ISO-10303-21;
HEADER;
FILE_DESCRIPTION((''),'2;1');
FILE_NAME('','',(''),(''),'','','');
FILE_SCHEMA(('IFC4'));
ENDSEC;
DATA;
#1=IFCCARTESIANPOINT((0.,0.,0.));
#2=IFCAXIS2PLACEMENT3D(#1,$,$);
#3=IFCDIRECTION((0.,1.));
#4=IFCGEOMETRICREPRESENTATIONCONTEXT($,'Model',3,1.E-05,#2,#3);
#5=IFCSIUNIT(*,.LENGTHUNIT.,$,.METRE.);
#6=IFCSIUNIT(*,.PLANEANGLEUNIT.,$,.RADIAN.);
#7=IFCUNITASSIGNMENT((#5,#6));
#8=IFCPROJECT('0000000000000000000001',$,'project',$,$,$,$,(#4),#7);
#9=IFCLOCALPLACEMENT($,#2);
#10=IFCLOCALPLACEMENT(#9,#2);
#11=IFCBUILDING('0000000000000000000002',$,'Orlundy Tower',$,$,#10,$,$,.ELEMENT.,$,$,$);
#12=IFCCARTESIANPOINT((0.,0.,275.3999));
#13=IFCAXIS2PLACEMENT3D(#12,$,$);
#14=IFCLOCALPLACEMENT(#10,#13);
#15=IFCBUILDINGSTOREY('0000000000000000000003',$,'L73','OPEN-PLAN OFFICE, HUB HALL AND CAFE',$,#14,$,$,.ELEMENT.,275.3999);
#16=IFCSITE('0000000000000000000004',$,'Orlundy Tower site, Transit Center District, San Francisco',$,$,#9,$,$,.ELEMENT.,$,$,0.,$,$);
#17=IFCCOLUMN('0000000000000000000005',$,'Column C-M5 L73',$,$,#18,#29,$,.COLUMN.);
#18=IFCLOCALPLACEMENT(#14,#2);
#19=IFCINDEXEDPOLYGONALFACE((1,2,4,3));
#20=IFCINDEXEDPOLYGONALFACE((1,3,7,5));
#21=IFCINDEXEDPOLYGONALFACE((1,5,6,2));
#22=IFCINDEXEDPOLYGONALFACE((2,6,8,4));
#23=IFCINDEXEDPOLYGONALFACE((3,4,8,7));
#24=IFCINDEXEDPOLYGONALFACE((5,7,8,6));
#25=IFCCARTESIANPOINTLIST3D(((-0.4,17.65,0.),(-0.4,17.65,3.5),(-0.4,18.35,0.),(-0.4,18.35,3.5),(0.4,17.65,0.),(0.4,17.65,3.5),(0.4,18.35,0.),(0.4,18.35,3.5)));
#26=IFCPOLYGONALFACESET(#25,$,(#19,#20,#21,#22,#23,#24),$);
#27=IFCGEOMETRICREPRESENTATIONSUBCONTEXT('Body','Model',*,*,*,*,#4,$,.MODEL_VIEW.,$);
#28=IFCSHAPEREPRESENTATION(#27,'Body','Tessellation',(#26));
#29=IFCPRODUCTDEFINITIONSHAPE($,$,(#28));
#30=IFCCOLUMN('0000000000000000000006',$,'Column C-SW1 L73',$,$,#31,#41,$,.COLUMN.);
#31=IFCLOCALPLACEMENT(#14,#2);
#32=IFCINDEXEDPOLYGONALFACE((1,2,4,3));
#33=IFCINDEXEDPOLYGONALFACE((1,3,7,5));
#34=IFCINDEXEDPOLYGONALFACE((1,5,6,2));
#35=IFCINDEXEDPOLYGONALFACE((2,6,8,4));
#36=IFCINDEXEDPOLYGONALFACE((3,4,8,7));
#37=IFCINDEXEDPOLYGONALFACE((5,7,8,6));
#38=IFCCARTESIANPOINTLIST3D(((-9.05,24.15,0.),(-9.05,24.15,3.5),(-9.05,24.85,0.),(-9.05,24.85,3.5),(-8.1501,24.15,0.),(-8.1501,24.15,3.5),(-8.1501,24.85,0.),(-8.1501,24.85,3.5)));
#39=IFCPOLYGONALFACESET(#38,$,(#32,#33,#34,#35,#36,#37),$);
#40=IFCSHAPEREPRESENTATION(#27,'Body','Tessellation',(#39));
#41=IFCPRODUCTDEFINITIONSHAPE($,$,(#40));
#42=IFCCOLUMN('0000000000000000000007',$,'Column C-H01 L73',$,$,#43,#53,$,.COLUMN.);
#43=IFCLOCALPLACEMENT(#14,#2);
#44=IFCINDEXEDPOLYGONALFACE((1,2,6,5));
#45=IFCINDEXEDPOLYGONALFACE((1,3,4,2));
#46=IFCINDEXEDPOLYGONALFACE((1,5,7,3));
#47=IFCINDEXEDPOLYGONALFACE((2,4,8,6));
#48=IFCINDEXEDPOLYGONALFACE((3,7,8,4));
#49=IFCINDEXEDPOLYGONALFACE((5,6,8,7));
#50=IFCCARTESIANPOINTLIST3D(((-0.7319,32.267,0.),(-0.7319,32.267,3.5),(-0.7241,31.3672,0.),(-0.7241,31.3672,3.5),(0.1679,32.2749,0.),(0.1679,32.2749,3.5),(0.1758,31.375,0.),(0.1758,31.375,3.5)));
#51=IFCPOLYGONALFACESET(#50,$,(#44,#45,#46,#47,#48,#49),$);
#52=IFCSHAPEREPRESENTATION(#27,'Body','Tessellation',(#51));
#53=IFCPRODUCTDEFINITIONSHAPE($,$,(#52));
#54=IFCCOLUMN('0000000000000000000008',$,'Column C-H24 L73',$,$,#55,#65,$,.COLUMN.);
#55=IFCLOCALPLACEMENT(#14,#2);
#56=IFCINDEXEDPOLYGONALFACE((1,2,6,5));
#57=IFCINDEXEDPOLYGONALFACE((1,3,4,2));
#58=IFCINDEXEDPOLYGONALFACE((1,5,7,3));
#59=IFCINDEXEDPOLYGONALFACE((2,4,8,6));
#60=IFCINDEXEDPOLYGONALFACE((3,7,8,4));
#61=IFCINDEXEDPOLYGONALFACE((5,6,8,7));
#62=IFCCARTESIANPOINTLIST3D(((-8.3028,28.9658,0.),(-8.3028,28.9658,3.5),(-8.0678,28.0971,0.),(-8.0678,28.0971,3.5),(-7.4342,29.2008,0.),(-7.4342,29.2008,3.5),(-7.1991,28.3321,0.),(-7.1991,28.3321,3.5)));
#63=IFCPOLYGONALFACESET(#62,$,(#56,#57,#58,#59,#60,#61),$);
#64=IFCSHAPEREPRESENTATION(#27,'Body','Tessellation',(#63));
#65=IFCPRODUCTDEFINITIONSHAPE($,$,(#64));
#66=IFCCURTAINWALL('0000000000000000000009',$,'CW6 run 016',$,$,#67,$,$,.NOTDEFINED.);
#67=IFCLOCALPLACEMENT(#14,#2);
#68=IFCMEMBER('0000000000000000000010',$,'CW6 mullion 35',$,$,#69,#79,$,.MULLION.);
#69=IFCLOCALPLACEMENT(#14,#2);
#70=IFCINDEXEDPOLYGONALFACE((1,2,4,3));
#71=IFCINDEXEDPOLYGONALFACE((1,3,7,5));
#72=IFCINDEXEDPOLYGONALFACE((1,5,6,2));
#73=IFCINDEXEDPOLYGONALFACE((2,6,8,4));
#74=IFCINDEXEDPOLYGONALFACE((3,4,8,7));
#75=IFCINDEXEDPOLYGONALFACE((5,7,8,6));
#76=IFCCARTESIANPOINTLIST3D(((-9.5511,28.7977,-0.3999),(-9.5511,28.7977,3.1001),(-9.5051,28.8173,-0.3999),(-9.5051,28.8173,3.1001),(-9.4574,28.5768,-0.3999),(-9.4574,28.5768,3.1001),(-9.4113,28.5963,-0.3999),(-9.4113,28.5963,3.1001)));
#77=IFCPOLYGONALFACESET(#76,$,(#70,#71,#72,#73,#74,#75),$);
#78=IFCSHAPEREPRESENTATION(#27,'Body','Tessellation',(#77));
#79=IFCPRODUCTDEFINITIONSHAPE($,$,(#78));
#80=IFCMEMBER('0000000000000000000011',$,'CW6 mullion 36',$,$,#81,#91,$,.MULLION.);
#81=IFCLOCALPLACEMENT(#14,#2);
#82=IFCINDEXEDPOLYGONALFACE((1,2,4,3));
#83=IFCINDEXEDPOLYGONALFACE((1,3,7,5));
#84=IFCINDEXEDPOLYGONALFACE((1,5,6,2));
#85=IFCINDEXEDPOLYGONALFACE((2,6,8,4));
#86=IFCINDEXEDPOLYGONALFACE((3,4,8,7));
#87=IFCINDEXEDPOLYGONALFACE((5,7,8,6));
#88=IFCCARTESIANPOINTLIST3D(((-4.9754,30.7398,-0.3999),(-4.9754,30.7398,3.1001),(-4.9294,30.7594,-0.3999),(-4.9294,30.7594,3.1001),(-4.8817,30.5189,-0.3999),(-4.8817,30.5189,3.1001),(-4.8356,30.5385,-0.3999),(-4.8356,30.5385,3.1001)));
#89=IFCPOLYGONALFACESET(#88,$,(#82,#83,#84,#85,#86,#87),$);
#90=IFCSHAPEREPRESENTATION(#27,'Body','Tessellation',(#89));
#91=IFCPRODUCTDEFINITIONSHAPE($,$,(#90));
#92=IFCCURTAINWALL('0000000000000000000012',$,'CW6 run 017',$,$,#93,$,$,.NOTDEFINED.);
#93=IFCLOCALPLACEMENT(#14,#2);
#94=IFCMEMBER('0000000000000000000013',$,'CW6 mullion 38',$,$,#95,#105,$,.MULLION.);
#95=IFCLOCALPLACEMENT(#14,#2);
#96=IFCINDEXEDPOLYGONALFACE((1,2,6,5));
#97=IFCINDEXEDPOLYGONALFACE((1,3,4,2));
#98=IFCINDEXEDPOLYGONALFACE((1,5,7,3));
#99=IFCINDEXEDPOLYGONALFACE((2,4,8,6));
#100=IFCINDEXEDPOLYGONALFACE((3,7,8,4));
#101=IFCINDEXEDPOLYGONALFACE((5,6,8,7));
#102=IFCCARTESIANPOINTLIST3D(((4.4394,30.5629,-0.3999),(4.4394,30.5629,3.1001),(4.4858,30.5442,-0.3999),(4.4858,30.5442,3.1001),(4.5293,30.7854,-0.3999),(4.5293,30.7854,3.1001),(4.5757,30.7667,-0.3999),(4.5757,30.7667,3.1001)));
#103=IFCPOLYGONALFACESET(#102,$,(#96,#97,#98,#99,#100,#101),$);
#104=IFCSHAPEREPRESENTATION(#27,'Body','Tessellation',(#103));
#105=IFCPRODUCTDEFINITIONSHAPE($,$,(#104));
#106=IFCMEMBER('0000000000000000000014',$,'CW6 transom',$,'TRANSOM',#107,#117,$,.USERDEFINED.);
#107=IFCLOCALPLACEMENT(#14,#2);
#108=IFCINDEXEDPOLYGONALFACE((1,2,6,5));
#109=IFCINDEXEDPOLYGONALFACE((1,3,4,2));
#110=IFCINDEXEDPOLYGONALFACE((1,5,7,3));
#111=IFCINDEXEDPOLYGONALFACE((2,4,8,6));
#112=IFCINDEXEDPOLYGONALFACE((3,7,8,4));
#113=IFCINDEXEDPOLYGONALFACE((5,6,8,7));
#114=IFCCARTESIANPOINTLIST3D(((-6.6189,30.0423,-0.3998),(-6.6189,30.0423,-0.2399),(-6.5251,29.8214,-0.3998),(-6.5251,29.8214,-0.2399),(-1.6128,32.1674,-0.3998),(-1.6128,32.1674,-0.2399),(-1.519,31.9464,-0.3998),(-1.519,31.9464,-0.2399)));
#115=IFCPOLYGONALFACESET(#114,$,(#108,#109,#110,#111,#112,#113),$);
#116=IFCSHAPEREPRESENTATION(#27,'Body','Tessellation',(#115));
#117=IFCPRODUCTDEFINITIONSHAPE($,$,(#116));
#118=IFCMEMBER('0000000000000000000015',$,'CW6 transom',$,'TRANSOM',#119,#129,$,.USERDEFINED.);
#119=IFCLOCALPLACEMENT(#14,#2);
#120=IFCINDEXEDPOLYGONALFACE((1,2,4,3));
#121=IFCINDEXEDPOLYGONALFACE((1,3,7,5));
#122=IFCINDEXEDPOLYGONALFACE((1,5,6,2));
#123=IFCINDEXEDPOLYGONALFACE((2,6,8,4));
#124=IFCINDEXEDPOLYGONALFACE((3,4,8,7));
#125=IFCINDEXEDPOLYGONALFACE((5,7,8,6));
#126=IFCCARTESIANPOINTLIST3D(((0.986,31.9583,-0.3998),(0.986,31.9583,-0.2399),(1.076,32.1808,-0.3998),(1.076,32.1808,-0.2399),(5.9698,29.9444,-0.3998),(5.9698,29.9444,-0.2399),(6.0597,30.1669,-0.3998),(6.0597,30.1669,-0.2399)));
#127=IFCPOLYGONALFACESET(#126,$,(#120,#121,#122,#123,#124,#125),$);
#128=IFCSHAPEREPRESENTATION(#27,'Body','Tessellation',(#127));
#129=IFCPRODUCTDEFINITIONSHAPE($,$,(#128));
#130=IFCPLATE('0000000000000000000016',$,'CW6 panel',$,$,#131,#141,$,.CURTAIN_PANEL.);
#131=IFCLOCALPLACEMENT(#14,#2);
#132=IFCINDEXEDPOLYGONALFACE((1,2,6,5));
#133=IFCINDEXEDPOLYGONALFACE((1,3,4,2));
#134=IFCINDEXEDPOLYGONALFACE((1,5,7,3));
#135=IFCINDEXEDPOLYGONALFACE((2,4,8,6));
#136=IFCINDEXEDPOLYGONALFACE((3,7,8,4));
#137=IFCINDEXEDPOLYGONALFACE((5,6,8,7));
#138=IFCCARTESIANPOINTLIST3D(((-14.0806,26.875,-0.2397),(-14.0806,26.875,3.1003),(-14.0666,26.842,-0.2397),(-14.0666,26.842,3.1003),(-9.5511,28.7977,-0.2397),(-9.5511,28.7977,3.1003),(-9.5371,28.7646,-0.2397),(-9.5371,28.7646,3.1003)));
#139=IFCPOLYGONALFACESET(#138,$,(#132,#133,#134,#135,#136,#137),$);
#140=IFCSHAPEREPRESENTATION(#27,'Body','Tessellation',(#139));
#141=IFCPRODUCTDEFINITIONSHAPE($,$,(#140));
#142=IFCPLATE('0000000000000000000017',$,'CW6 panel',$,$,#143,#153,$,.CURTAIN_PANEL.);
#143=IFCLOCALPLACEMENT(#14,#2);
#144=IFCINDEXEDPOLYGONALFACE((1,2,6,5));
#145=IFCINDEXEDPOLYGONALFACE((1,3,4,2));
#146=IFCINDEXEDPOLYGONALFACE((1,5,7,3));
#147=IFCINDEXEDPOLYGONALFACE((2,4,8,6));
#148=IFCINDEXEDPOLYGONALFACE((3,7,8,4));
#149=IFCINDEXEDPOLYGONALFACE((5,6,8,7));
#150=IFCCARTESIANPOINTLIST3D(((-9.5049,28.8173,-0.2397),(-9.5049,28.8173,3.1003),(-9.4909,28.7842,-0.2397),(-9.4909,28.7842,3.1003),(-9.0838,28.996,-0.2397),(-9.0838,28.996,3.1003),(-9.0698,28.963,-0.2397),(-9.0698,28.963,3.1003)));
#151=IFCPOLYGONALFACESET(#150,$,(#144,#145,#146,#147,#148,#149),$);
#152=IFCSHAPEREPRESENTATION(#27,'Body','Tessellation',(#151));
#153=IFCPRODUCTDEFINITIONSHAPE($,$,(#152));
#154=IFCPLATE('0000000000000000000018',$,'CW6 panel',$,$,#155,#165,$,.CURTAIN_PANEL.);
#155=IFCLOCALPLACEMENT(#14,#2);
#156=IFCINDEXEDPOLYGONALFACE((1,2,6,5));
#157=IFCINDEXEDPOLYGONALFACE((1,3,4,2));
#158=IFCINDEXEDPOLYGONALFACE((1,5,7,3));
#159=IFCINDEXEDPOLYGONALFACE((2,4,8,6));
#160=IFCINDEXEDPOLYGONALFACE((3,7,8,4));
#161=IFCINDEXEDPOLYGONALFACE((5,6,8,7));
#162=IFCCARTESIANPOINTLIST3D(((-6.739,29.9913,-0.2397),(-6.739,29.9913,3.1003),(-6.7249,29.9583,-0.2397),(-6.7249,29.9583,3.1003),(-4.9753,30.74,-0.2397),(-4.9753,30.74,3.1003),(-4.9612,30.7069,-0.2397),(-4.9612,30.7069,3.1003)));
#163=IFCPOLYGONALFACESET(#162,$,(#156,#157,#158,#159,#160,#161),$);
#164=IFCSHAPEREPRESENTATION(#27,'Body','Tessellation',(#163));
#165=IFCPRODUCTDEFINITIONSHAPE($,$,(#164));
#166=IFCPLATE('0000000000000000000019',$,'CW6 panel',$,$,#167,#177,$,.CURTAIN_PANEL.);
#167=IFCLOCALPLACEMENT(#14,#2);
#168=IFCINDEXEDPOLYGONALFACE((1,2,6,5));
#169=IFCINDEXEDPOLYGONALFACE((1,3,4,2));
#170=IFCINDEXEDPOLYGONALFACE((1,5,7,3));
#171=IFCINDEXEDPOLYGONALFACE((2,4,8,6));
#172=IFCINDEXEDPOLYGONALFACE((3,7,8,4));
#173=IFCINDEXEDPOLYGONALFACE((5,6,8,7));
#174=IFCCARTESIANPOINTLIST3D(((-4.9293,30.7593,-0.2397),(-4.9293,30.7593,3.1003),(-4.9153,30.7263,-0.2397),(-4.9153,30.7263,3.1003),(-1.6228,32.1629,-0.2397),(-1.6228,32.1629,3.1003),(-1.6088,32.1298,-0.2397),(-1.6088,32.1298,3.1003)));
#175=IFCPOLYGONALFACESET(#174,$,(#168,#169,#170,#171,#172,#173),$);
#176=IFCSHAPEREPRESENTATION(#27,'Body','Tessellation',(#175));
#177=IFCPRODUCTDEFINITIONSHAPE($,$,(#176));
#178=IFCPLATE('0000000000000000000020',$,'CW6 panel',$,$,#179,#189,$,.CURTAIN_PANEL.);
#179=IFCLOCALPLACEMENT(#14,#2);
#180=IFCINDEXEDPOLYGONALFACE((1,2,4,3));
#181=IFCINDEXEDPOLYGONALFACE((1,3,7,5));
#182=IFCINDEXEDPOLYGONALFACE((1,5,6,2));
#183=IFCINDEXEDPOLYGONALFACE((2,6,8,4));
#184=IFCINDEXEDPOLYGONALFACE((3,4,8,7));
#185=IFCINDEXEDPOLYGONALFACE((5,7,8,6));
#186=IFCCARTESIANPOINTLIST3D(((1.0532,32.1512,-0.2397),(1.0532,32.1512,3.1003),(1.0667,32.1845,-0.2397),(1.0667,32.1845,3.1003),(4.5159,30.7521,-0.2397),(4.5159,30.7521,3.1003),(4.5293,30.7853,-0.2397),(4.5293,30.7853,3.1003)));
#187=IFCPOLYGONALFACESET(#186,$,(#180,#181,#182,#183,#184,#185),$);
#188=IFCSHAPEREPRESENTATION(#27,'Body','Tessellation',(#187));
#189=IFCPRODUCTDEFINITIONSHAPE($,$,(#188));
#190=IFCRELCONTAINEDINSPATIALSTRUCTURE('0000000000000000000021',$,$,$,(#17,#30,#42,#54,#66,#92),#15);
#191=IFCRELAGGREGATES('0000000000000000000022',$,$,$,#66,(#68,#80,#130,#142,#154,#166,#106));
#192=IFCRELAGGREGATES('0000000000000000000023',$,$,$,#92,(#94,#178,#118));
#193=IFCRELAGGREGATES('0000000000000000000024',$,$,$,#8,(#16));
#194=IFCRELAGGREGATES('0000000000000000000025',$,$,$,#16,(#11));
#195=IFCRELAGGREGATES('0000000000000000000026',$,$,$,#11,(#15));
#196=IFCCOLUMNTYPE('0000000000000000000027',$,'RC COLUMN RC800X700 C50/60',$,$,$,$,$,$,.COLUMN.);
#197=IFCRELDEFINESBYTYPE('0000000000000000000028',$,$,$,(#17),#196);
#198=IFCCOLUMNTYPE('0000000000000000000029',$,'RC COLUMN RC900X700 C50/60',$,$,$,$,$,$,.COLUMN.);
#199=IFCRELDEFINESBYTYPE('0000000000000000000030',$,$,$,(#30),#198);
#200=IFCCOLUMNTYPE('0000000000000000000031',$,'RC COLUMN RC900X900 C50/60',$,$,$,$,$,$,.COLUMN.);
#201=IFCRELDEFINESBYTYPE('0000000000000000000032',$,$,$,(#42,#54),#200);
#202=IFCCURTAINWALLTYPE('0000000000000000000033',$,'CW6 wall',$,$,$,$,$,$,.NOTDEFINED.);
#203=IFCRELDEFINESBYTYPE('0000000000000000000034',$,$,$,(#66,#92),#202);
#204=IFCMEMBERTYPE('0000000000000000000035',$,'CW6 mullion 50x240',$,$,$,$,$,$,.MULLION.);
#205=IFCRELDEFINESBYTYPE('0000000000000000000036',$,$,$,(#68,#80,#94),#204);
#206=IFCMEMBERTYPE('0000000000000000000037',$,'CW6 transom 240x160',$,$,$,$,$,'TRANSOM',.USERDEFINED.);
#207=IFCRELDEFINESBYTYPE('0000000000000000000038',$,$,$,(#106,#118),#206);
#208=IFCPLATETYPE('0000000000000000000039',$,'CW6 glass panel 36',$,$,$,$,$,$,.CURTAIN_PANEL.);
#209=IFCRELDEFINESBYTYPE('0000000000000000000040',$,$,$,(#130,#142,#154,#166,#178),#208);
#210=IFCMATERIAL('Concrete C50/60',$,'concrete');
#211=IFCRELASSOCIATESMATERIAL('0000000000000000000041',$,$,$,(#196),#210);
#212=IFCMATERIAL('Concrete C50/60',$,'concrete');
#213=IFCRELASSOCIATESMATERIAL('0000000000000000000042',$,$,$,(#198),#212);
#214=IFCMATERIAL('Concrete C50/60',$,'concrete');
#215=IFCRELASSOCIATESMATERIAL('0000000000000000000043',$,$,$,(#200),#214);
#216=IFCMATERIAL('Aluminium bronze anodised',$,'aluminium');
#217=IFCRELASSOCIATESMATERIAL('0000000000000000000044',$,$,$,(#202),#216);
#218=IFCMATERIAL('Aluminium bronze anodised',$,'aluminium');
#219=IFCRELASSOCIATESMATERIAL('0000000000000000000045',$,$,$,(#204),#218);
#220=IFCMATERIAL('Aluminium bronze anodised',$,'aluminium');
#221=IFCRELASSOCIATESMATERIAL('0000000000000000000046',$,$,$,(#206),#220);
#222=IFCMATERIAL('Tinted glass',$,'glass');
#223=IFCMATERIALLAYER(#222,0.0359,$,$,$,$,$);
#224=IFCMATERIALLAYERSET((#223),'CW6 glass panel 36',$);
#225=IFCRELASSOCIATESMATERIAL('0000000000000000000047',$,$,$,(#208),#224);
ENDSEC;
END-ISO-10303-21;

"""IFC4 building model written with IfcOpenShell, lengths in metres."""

from ifc_helpers import new_model, si_unit, direction, frame, origin, origin_2d, place, context, subcontext, project, spatial, rectangle, extrude, material, layer, layer_set, material_profile, profile_set, type_object, element, aggregate, save


model = new_model("IFC4")

# Units and contexts
model_context = context("Model", 3, precision=1e-05, world=origin(), true_north=direction((0.0, 1.0)))
body_context = subcontext(model_context, "Body", "Model", "MODEL_VIEW")
ifc_project = project(units=[si_unit("LENGTHUNIT", "METRE"), si_unit("PLANEANGLEUNIT", "RADIAN")], contexts=[model_context])

# Site, building, storey
site_placement = place(None, origin())
site = spatial("IfcSite", under=ifc_project, at=site_placement, Name="Orlundy Tower site, Transit Center District, San Francisco", CompositionType="ELEMENT", RefElevation=0.0)
building_placement = place(site_placement, origin())
building = spatial("IfcBuilding", under=site, at=building_placement, Name="Orlundy Tower", CompositionType="ELEMENT")
storey_placement = place(building_placement, frame((0.0, 0.0, 275.3999)))
storey = spatial("IfcBuildingStorey", under=building, at=storey_placement, Name="L73", Description="OPEN-PLAN OFFICE, HUB HALL AND CAFE", CompositionType="ELEMENT", Elevation=275.3999)

# Columns
ifc_material_1 = material(Name="Concrete C50/60", Category="concrete")
ifc_material_profile_1 = material_profile(ifc_material_1, rectangle(XDim=0.8, YDim=0.7, at=origin_2d()), Name="RC800X700")
ifc_profile_set_1 = profile_set([ifc_material_profile_1], Name="Concrete C50/60")
column_type_1 = type_object("IfcColumnType", Name="RC COLUMN RC800X700 C50/60", PredefinedType="COLUMN", material=ifc_profile_set_1)
column_1_placement = place(storey_placement, frame((0.0, 18.0, 0.0), z_axis=(0.0, 0.0, 1.0), x_axis=(1.0, 0.0, 0.0)))
element("IfcColumn", 1, at=column_1_placement, inside=storey, type_object=column_type_1, Name="Column C-M5 L73", PredefinedType="COLUMN", context=body_context, shape_type="SweptSolid", body=[
    extrude(rectangle(XDim=0.8, YDim=0.7, at=origin_2d()), origin(), (0.0, 0.0, 1.0), 3.5),
])
ifc_material_2 = material(Name="Concrete C50/60", Category="concrete")
ifc_material_profile_2 = material_profile(ifc_material_2, rectangle(XDim=0.8999, YDim=0.7, at=origin_2d()), Name="RC900X700")
ifc_profile_set_2 = profile_set([ifc_material_profile_2], Name="Concrete C50/60")
column_type_2 = type_object("IfcColumnType", Name="RC COLUMN RC900X700 C50/60", PredefinedType="COLUMN", material=ifc_profile_set_2)
column_2_placement = place(storey_placement, frame((-8.6001, 24.5, 0.0), z_axis=(0.0, 0.0, 1.0), x_axis=(1.0, 0.0, 0.0)))
element("IfcColumn", 2, at=column_2_placement, inside=storey, type_object=column_type_2, Name="Column C-SW1 L73", PredefinedType="COLUMN", context=body_context, shape_type="SweptSolid", body=[
    extrude(rectangle(XDim=0.8999, YDim=0.7, at=origin_2d()), origin(), (0.0, 0.0, 1.0), 3.5),
])
ifc_material_3 = material(Name="Concrete C50/60", Category="concrete")
ifc_material_profile_3 = material_profile(ifc_material_3, rectangle(XDim=0.8999, YDim=0.8999, at=origin_2d()), Name="RC900X900")
ifc_profile_set_3 = profile_set([ifc_material_profile_3], Name="Concrete C50/60")
column_type_3 = type_object("IfcColumnType", Name="RC COLUMN RC900X900 C50/60", PredefinedType="COLUMN", material=ifc_profile_set_3)
for number, where, z_axis, x_axis, name in (
    (3, (-0.2781, 31.821, 0.0), (0.0, 0.0, 1.0), (-0.008744, 0.999962, 0.0), "Column C-H01 L73"),
    (4, (-7.751, 28.6489, 0.0), (0.0, 0.0, 1.0), (-0.261162, 0.965295, 0.0), "Column C-H24 L73"),
):
    element("IfcColumn", number, at=place(storey_placement, frame(where, z_axis=z_axis, x_axis=x_axis)), inside=storey, type_object=column_type_3, Name=name, PredefinedType="COLUMN", context=body_context, shape_type="SweptSolid", body=[
        extrude(rectangle(XDim=0.8999, YDim=0.8999, at=origin_2d()), origin(), (0.0, 0.0, 1.0), 3.5),
    ])

# Curtain wall, members
ifc_material_4 = material(Name="Aluminium bronze anodised", Category="aluminium")
curtain_wall_type = type_object("IfcCurtainWallType", Name="CW6 wall", PredefinedType="NOTDEFINED", material=ifc_material_4)
curtain_wall_1_placement = place(storey_placement, origin())
curtain_wall_1 = element("IfcCurtainWall", 5, at=curtain_wall_1_placement, inside=storey, type_object=curtain_wall_type, Name="CW6 run 016", PredefinedType="NOTDEFINED")
ifc_material_5 = material(Name="Aluminium bronze anodised", Category="aluminium")
ifc_material_profile_4 = material_profile(ifc_material_5, rectangle(XDim=0.24, YDim=0.05, at=origin_2d()), Name="CW6 mullion 50x240")
ifc_profile_set_4 = profile_set([ifc_material_profile_4], Name="Aluminium bronze anodised")
member_type_1 = type_object("IfcMemberType", Name="CW6 mullion 50x240", PredefinedType="MULLION", material=ifc_profile_set_4)
member_1_placement = place(storey_placement, frame((-9.4812, 28.697, -0.3999), z_axis=(0.0, 0.0, 1.0), x_axis=(-0.390727, 0.920507, 0.0)))
member_1 = element("IfcMember", 6, at=member_1_placement, type_object=member_type_1, Name="CW6 mullion 35", PredefinedType="MULLION", context=body_context, shape_type="SweptSolid", body=[
    extrude(rectangle(XDim=0.24, YDim=0.05, at=origin_2d()), origin(), (0.0, 0.0, 1.0), 3.5),
])
member_2_placement = place(storey_placement, frame((-4.9055, 30.6392, -0.3999), z_axis=(0.0, 0.0, 1.0), x_axis=(-0.390727, 0.920507, 0.0)))
member_2 = element("IfcMember", 7, at=member_2_placement, type_object=member_type_1, Name="CW6 mullion 36", PredefinedType="MULLION", context=body_context, shape_type="SweptSolid", body=[
    extrude(rectangle(XDim=0.24, YDim=0.05, at=origin_2d()), origin(), (0.0, 0.0, 1.0), 3.5),
])

# Curtain wall, member
curtain_wall_2_placement = place(storey_placement, origin())
curtain_wall_2 = element("IfcCurtainWall", 8, at=curtain_wall_2_placement, inside=storey, type_object=curtain_wall_type, Name="CW6 run 017", PredefinedType="NOTDEFINED")
member_3_placement = place(storey_placement, frame((4.5076, 30.6648, -0.3999), z_axis=(0.0, 0.0, 1.0), x_axis=(0.374639, 0.927171, 0.0)))
member_3 = element("IfcMember", 9, at=member_3_placement, type_object=member_type_1, Name="CW6 mullion 38", PredefinedType="MULLION", context=body_context, shape_type="SweptSolid", body=[
    extrude(rectangle(XDim=0.24, YDim=0.05, at=origin_2d()), origin(), (0.0, 0.0, 1.0), 3.5),
])

# Members
ifc_material_6 = material(Name="Aluminium bronze anodised", Category="aluminium")
ifc_material_profile_5 = material_profile(ifc_material_6, rectangle(XDim=0.24, YDim=0.1599, at=origin_2d()), Name="CW6 transom 240x160")
ifc_profile_set_5 = profile_set([ifc_material_profile_5], Name="Aluminium bronze anodised")
member_type_2 = type_object("IfcMemberType", Name="CW6 transom 240x160", ElementType="TRANSOM", PredefinedType="USERDEFINED", material=ifc_profile_set_5)
member_4_placement = place(storey_placement, frame((-6.572, 29.9319, -0.3198), z_axis=(0.920503, 0.390737, 0.0), x_axis=(-0.390737, 0.920503, 0.0)))
member_4 = element("IfcMember", 10, at=member_4_placement, type_object=member_type_2, Name="CW6 transom", ObjectType="TRANSOM", PredefinedType="USERDEFINED", context=body_context, shape_type="SweptSolid", body=[
    extrude(rectangle(XDim=0.24, YDim=0.1599, at=origin_2d()), origin(), (0.0, 0.0, 1.0), 5.4385),
])
member_5_placement = place(storey_placement, frame((1.031, 32.0696, -0.3198), z_axis=(0.927158, -0.37467, 0.0), x_axis=(0.37467, 0.927158, 0.0)))
member_5 = element("IfcMember", 11, at=member_5_placement, type_object=member_type_2, Name="CW6 transom", ObjectType="TRANSOM", PredefinedType="USERDEFINED", context=body_context, shape_type="SweptSolid", body=[
    extrude(rectangle(XDim=0.24, YDim=0.1599, at=origin_2d()), origin(), (0.0, 0.0, 1.0), 5.3752),
])

# Plates
ifc_material_7 = material(Name="Tinted glass", Category="glass")
ifc_layer = layer(ifc_material_7, 0.0359)
ifc_layer_set = layer_set([ifc_layer], Name="CW6 glass panel 36")
plate_type = type_object("IfcPlateType", Name="CW6 glass panel 36", PredefinedType="CURTAIN_PANEL", material=ifc_layer_set)
plate_1_placement = place(storey_placement, frame((-11.8088, 27.8198, -0.2397), z_axis=(0.0, 0.0, 1.0), x_axis=(0.920507, 0.390727, 0.0)))
plate_1 = element("IfcPlate", 12, at=plate_1_placement, type_object=plate_type, Name="CW6 panel", PredefinedType="CURTAIN_PANEL", context=body_context, shape_type="SweptSolid", body=[
    extrude(rectangle(XDim=4.9207, YDim=0.0359, at=origin_2d()), origin(), (0.0, 0.0, 1.0), 3.3401),
])
plate_2_placement = place(storey_placement, frame((-9.2874, 28.8901, -0.2397), z_axis=(0.0, 0.0, 1.0), x_axis=(0.920507, 0.390727, 0.0)))
plate_2 = element("IfcPlate", 13, at=plate_2_placement, type_object=plate_type, Name="CW6 panel", PredefinedType="CURTAIN_PANEL", context=body_context, shape_type="SweptSolid", body=[
    extrude(rectangle(XDim=0.4575, YDim=0.0359, at=origin_2d()), origin(), (0.0, 0.0, 1.0), 3.3401),
])
plate_3_placement = place(storey_placement, frame((-5.8501, 30.3491, -0.2397), z_axis=(0.0, 0.0, 1.0), x_axis=(0.920507, 0.390727, 0.0)))
plate_3 = element("IfcPlate", 14, at=plate_3_placement, type_object=plate_type, Name="CW6 panel", PredefinedType="CURTAIN_PANEL", context=body_context, shape_type="SweptSolid", body=[
    extrude(rectangle(XDim=1.916, YDim=0.0359, at=origin_2d()), origin(), (0.0, 0.0, 1.0), 3.3401),
])
plate_4_placement = place(storey_placement, frame((-3.269, 31.4446, -0.2397), z_axis=(0.0, 0.0, 1.0), x_axis=(0.920507, 0.390727, 0.0)))
plate_4 = element("IfcPlate", 15, at=plate_4_placement, type_object=plate_type, Name="CW6 panel", PredefinedType="CURTAIN_PANEL", context=body_context, shape_type="SweptSolid", body=[
    extrude(rectangle(XDim=3.592, YDim=0.0359, at=origin_2d()), origin(), (0.0, 0.0, 1.0), 3.3401),
])
aggregate(curtain_wall_1, [member_1, member_2, plate_1, plate_2, plate_3, plate_4, member_4])
plate_5_placement = place(storey_placement, frame((2.7913, 31.4683, -0.2397), z_axis=(0.0, 0.0, 1.0), x_axis=(0.927171, -0.374639, 0.0)))
plate_5 = element("IfcPlate", 16, at=plate_5_placement, type_object=plate_type, Name="CW6 panel", PredefinedType="CURTAIN_PANEL", context=body_context, shape_type="SweptSolid", body=[
    extrude(rectangle(XDim=3.7346, YDim=0.0359, at=origin_2d()), origin(), (0.0, 0.0, 1.0), 3.3401),
])
aggregate(curtain_wall_2, [member_3, plate_5, member_5])

save(model, "model.ifc")
